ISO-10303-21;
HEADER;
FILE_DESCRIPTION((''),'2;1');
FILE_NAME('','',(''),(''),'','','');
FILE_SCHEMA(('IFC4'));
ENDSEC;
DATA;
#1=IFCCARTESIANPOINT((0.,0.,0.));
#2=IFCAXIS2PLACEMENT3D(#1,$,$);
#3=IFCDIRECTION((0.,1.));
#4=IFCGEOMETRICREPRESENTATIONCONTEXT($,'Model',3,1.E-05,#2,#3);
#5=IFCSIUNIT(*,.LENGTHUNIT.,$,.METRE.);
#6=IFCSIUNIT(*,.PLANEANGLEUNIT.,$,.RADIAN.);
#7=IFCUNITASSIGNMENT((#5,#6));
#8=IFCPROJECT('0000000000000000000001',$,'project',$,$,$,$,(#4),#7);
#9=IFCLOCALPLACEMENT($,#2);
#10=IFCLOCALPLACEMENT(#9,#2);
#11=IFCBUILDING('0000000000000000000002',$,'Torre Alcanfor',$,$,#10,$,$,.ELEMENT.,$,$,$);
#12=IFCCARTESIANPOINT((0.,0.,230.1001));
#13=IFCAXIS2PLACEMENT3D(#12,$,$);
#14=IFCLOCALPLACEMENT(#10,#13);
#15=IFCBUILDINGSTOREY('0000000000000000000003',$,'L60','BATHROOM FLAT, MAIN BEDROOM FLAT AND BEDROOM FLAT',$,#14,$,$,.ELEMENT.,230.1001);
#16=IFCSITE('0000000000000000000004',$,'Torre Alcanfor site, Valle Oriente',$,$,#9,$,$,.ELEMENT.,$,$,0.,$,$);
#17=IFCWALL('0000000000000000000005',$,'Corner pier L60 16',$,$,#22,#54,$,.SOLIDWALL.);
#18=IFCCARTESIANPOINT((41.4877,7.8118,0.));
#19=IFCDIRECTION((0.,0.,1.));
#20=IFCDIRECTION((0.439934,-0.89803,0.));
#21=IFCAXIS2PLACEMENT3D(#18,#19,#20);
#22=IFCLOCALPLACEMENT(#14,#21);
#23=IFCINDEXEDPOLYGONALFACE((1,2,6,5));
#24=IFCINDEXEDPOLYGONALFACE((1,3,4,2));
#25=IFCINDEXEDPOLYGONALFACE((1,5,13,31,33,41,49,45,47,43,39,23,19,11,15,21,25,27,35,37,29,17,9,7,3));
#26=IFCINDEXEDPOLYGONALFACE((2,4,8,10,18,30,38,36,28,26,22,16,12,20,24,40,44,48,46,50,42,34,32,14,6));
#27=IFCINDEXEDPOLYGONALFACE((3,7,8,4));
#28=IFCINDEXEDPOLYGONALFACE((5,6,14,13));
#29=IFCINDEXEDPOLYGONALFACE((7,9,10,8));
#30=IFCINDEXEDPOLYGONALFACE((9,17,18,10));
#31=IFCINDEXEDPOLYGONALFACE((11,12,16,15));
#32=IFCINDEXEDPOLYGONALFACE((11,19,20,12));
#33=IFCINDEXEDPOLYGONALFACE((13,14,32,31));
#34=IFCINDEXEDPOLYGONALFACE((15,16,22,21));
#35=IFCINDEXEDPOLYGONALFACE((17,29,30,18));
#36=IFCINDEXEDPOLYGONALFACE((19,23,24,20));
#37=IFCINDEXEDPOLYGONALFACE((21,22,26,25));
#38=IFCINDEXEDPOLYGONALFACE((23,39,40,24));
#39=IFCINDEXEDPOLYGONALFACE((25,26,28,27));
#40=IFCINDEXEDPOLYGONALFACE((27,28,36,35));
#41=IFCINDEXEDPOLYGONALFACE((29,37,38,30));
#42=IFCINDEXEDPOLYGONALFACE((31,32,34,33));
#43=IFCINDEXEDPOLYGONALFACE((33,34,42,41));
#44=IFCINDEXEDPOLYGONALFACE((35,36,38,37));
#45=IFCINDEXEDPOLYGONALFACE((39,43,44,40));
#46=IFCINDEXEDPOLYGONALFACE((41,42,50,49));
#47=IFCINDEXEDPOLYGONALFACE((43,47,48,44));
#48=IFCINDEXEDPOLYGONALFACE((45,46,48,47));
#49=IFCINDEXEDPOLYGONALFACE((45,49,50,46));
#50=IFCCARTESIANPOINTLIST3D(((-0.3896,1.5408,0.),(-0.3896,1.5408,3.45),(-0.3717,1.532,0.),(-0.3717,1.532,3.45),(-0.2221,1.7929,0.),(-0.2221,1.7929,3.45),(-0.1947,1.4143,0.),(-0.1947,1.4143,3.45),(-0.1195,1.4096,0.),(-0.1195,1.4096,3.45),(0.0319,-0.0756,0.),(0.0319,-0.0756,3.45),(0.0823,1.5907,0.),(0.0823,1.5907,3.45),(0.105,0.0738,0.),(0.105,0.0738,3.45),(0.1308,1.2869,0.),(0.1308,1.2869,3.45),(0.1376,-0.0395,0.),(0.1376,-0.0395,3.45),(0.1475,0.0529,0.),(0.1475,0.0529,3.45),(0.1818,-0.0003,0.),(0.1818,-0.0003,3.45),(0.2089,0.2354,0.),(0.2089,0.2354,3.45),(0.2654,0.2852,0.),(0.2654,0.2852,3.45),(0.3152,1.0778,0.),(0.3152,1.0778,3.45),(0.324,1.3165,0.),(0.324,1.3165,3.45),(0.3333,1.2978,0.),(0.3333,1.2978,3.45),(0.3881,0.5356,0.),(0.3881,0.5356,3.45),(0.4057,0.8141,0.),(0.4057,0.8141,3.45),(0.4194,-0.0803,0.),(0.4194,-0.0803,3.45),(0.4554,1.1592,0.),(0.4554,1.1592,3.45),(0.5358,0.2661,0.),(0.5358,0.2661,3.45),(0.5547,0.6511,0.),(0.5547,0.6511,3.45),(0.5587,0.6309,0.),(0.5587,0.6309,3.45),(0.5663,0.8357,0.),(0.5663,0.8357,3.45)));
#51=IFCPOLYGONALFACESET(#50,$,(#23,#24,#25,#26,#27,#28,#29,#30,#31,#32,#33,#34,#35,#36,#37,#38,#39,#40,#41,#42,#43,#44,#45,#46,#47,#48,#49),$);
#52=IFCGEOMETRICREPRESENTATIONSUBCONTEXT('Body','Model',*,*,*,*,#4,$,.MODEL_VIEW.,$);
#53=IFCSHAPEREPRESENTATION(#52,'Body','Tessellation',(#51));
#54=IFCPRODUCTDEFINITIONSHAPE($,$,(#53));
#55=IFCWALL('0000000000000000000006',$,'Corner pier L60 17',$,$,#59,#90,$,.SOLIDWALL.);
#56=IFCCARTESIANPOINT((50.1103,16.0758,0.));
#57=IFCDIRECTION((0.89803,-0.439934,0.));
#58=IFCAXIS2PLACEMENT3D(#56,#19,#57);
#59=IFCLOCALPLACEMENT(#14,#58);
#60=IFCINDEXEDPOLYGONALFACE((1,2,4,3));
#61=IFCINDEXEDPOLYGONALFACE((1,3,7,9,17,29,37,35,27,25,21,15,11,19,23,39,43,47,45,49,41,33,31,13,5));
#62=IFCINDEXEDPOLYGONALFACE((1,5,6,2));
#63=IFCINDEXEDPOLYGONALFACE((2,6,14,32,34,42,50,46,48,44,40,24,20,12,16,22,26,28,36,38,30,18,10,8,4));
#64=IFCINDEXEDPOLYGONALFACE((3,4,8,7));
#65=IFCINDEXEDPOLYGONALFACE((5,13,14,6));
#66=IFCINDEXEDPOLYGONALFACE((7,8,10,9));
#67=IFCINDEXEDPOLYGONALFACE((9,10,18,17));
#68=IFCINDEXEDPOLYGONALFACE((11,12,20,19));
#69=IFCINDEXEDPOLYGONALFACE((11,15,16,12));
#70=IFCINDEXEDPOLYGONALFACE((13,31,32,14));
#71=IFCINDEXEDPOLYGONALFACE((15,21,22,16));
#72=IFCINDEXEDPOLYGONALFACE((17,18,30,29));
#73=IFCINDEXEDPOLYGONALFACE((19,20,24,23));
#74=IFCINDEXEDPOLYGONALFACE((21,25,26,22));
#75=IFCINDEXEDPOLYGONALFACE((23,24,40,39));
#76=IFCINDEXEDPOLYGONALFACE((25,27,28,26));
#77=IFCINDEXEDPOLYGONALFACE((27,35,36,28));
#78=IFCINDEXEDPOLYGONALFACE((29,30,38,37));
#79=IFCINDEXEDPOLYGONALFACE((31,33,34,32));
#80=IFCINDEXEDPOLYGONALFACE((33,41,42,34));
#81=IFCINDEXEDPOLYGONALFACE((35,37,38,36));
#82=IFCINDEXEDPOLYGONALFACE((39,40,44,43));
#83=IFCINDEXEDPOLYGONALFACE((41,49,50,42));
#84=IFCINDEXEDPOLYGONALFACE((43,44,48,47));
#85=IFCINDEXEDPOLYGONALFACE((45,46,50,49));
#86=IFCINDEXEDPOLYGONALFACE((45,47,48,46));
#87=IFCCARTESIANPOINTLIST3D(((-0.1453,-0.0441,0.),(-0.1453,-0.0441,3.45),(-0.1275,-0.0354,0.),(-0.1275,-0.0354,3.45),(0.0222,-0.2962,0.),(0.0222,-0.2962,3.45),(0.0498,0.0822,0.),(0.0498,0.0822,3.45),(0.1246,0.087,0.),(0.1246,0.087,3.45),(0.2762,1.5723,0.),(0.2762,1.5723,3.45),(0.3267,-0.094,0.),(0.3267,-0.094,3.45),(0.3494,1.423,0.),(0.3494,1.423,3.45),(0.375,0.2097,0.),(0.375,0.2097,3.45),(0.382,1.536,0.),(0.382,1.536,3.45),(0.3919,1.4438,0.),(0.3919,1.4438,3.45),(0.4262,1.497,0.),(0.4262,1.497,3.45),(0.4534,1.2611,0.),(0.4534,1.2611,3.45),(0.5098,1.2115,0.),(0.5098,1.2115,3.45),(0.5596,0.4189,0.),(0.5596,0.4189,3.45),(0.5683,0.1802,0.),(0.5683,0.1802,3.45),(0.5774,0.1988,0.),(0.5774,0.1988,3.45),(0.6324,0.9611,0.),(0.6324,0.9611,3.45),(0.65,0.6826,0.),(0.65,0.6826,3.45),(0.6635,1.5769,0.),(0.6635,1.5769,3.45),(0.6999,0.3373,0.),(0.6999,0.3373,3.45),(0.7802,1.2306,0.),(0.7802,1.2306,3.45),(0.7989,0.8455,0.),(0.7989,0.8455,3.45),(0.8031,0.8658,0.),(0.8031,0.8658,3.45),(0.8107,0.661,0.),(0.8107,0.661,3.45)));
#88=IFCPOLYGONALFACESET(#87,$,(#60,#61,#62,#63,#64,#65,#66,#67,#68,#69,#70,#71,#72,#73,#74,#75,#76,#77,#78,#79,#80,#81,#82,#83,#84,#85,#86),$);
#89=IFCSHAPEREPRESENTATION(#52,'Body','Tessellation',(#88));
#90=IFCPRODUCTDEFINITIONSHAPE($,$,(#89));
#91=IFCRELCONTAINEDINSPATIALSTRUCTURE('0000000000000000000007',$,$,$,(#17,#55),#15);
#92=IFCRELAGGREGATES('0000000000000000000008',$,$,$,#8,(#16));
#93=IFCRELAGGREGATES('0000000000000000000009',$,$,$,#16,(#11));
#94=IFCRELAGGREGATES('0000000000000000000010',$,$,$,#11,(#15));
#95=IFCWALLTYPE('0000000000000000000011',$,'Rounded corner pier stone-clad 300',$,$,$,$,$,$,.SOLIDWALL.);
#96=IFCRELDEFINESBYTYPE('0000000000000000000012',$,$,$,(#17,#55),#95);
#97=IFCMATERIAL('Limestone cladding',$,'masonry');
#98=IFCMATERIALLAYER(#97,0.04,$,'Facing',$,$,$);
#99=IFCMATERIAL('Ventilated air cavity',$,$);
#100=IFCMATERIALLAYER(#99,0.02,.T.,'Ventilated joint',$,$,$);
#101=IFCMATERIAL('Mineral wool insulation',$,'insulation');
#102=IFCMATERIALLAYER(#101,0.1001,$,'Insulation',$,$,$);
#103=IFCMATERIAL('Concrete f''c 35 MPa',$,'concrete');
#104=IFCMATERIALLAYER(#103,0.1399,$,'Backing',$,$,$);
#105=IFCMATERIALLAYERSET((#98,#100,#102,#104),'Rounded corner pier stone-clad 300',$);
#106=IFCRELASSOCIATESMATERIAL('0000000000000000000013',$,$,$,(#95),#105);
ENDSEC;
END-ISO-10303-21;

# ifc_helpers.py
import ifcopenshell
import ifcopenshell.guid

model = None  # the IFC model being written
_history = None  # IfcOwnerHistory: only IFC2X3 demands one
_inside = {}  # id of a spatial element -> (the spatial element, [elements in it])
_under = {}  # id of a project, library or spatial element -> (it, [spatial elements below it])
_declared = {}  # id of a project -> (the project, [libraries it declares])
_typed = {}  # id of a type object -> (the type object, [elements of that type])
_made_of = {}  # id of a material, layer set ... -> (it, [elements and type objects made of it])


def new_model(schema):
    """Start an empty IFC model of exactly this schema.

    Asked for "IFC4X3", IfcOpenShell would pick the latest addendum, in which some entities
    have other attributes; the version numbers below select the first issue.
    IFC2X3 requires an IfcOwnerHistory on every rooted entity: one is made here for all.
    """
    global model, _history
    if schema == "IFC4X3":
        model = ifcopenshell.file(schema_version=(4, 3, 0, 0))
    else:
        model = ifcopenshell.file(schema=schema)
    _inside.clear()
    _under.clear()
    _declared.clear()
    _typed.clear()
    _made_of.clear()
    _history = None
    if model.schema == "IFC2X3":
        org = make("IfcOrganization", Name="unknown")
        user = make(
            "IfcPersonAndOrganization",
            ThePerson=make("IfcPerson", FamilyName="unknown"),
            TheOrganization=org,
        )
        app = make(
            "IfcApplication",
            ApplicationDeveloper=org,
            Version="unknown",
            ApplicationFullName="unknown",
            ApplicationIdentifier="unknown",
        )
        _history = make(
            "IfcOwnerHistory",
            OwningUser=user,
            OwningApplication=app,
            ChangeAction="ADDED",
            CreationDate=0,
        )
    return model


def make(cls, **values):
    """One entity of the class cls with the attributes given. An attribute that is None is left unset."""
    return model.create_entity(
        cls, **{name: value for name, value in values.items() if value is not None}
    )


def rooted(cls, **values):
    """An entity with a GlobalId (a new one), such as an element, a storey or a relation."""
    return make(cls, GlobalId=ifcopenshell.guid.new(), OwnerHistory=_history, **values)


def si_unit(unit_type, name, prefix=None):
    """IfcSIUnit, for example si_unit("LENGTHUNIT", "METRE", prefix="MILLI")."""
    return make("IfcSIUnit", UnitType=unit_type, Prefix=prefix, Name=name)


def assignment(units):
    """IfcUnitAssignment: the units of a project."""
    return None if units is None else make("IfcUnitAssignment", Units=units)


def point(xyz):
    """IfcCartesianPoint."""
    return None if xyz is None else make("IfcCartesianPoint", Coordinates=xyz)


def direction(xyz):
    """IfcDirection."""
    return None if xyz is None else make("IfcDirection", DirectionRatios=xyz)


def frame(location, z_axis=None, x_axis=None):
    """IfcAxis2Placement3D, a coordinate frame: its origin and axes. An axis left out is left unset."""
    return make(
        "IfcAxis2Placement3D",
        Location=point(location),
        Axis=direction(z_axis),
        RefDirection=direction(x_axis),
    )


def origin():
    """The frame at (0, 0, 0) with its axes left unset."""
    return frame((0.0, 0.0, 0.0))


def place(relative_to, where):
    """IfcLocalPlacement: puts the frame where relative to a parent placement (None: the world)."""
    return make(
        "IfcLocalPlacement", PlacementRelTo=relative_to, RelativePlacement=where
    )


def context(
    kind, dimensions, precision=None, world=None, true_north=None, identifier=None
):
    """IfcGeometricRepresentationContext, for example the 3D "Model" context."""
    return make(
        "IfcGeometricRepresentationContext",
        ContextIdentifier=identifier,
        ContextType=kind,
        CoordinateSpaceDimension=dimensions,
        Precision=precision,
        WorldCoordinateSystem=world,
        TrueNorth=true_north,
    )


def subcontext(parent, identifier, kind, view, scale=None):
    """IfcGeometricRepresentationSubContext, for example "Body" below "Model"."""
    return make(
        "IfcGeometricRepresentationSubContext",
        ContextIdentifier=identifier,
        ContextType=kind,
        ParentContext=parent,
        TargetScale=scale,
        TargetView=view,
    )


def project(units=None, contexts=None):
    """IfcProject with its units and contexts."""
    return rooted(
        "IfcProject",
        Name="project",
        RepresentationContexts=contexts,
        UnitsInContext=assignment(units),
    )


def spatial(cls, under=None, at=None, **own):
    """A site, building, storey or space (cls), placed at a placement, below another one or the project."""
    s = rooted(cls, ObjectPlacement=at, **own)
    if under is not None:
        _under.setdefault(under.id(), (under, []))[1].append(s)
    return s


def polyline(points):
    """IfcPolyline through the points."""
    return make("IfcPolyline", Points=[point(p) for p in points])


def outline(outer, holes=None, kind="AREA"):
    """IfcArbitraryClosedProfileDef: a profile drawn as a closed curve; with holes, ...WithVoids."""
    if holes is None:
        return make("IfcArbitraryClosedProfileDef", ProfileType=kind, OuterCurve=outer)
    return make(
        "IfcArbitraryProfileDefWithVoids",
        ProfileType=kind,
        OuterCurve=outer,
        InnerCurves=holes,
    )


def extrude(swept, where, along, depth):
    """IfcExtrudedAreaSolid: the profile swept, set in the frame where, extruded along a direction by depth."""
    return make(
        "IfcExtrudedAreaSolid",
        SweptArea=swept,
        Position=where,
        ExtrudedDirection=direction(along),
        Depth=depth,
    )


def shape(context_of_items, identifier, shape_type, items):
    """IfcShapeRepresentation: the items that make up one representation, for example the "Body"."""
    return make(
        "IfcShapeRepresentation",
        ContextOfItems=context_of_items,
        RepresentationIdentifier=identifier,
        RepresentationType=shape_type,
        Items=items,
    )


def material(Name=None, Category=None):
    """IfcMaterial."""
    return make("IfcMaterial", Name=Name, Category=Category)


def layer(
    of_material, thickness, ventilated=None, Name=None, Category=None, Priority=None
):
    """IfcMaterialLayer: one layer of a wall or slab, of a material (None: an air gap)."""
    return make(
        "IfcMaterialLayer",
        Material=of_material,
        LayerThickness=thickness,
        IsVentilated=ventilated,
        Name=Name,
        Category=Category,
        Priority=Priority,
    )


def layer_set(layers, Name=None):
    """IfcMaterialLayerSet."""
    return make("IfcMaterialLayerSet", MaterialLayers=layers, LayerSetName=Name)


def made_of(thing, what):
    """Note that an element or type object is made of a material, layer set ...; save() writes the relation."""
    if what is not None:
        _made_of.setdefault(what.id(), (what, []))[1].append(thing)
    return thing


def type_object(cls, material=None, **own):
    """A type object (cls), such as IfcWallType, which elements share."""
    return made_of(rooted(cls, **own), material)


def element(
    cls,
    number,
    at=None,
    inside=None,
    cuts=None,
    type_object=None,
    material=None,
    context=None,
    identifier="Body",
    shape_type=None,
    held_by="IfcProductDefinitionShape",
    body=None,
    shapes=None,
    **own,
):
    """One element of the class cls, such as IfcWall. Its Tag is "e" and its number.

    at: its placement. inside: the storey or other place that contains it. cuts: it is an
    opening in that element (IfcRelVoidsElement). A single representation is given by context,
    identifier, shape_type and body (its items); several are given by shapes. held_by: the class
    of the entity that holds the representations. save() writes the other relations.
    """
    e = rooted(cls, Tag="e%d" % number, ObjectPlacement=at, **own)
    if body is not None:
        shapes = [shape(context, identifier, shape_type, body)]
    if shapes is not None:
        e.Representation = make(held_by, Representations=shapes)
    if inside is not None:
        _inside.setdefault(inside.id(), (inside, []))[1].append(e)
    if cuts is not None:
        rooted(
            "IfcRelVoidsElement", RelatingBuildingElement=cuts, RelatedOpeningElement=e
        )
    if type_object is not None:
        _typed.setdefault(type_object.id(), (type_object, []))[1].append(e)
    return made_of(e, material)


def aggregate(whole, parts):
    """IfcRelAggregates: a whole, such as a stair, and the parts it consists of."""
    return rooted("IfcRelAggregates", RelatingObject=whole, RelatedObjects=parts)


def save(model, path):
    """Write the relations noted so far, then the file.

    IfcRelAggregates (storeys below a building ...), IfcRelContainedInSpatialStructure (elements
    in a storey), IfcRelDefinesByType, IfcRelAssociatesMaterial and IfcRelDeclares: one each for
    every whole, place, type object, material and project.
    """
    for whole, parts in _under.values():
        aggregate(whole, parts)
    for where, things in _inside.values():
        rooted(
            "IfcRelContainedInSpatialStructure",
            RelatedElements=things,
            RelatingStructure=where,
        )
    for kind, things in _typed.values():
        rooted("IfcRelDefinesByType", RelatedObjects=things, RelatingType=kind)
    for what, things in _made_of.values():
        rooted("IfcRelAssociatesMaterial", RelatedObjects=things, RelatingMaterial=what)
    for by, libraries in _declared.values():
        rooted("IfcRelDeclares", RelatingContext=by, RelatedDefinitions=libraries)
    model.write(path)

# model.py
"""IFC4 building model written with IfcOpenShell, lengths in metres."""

from ifc_helpers import new_model, si_unit, direction, frame, origin, place, context, subcontext, project, spatial, polyline, outline, extrude, material, layer, layer_set, type_object, element, save


model = new_model("IFC4")

# Units and contexts
model_context = context("Model", 3, precision=1e-05, world=origin(), true_north=direction((0.0, 1.0)))
body_context = subcontext(model_context, "Body", "Model", "MODEL_VIEW")
ifc_project = project(units=[si_unit("LENGTHUNIT", "METRE"), si_unit("PLANEANGLEUNIT", "RADIAN")], contexts=[model_context])

# Site, building, storey
site_placement = place(None, origin())
site = spatial("IfcSite", under=ifc_project, at=site_placement, Name="Torre Alcanfor site, Valle Oriente", CompositionType="ELEMENT", RefElevation=0.0)
building_placement = place(site_placement, origin())
building = spatial("IfcBuilding", under=site, at=building_placement, Name="Torre Alcanfor", CompositionType="ELEMENT")
storey_placement = place(building_placement, frame((0.0, 0.0, 230.1001)))
storey = spatial("IfcBuildingStorey", under=building, at=storey_placement, Name="L60", Description="BATHROOM FLAT, MAIN BEDROOM FLAT AND BEDROOM FLAT", CompositionType="ELEMENT", Elevation=230.1001)

# Shared definitions
ifc_material_1 = material(Name="Limestone cladding", Category="masonry")
ifc_material_2 = material(Name="Ventilated air cavity")
ifc_material_3 = material(Name="Mineral wool insulation", Category="insulation")
ifc_material_4 = material(Name="Concrete f'c 35 MPa", Category="concrete")

# Walls
ifc_layer_1 = layer(ifc_material_1, 0.04, Name="Facing")
ifc_layer_2 = layer(ifc_material_2, 0.02, ventilated=True, Name="Ventilated joint")
ifc_layer_3 = layer(ifc_material_3, 0.1001, Name="Insulation")
ifc_layer_4 = layer(ifc_material_4, 0.1399, Name="Backing")
ifc_layer_set_1 = layer_set([ifc_layer_1, ifc_layer_2, ifc_layer_3, ifc_layer_4], Name="Rounded corner pier stone-clad 300")
wall_type_1 = type_object("IfcWallType", Name="Rounded corner pier stone-clad 300", PredefinedType="SOLIDWALL", material=ifc_layer_set_1)
wall_1_placement = place(storey_placement, frame((41.4877, 7.8118, 0.0), z_axis=(0.0, 0.0, 1.0), x_axis=(0.439934, -0.89803, 0.0)))
element("IfcWall", 1, at=wall_1_placement, inside=storey, type_object=wall_type_1, Name="Corner pier L60 16", PredefinedType="SOLIDWALL", context=body_context, shape_type="SweptSolid", body=[
    extrude(outline(polyline([(-0.2221, 1.7929), (-0.3896, 1.5408), (-0.3717, 1.532), (-0.1947, 1.4143), (-0.1195, 1.4096), (0.1308, 1.2869), (0.3152, 1.0778), (0.4057, 0.8141), (0.3881, 0.5356), (0.2654, 0.2852), (0.2089, 0.2354), (0.1475, 0.0529), (0.105, 0.0738), (0.0319, -0.0756), (0.1376, -0.0395), (0.1818, -0.0003), (0.4194, -0.0803), (0.5358, 0.2661), (0.5587, 0.6309), (0.5547, 0.6511), (0.5663, 0.8357), (0.4554, 1.1592), (0.3333, 1.2978), (0.324, 1.3165), (0.0823, 1.5907), (-0.2221, 1.7929)])), origin(), (0.0, 0.0, 1.0), 3.45),
])
wall_2_placement = place(storey_placement, frame((50.1103, 16.0758, 0.0), z_axis=(0.0, 0.0, 1.0), x_axis=(0.89803, -0.439934, 0.0)))
element("IfcWall", 2, at=wall_2_placement, inside=storey, type_object=wall_type_1, Name="Corner pier L60 17", PredefinedType="SOLIDWALL", context=body_context, shape_type="SweptSolid", body=[
    extrude(outline(polyline([(0.6635, 1.5769), (0.4262, 1.497), (0.382, 1.536), (0.2762, 1.5723), (0.3494, 1.423), (0.3919, 1.4438), (0.4534, 1.2611), (0.5098, 1.2115), (0.6324, 0.9611), (0.65, 0.6826), (0.5596, 0.4189), (0.375, 0.2097), (0.1246, 0.087), (0.0498, 0.0822), (-0.1275, -0.0354), (-0.1453, -0.0441), (0.0222, -0.2962), (0.3267, -0.094), (0.5683, 0.1802), (0.5774, 0.1988), (0.6999, 0.3373), (0.8107, 0.661), (0.7989, 0.8455), (0.8031, 0.8658), (0.7802, 1.2306), (0.6635, 1.5769)])), origin(), (0.0, 0.0, 1.0), 3.45),
])

save(model, "model.ifc")
